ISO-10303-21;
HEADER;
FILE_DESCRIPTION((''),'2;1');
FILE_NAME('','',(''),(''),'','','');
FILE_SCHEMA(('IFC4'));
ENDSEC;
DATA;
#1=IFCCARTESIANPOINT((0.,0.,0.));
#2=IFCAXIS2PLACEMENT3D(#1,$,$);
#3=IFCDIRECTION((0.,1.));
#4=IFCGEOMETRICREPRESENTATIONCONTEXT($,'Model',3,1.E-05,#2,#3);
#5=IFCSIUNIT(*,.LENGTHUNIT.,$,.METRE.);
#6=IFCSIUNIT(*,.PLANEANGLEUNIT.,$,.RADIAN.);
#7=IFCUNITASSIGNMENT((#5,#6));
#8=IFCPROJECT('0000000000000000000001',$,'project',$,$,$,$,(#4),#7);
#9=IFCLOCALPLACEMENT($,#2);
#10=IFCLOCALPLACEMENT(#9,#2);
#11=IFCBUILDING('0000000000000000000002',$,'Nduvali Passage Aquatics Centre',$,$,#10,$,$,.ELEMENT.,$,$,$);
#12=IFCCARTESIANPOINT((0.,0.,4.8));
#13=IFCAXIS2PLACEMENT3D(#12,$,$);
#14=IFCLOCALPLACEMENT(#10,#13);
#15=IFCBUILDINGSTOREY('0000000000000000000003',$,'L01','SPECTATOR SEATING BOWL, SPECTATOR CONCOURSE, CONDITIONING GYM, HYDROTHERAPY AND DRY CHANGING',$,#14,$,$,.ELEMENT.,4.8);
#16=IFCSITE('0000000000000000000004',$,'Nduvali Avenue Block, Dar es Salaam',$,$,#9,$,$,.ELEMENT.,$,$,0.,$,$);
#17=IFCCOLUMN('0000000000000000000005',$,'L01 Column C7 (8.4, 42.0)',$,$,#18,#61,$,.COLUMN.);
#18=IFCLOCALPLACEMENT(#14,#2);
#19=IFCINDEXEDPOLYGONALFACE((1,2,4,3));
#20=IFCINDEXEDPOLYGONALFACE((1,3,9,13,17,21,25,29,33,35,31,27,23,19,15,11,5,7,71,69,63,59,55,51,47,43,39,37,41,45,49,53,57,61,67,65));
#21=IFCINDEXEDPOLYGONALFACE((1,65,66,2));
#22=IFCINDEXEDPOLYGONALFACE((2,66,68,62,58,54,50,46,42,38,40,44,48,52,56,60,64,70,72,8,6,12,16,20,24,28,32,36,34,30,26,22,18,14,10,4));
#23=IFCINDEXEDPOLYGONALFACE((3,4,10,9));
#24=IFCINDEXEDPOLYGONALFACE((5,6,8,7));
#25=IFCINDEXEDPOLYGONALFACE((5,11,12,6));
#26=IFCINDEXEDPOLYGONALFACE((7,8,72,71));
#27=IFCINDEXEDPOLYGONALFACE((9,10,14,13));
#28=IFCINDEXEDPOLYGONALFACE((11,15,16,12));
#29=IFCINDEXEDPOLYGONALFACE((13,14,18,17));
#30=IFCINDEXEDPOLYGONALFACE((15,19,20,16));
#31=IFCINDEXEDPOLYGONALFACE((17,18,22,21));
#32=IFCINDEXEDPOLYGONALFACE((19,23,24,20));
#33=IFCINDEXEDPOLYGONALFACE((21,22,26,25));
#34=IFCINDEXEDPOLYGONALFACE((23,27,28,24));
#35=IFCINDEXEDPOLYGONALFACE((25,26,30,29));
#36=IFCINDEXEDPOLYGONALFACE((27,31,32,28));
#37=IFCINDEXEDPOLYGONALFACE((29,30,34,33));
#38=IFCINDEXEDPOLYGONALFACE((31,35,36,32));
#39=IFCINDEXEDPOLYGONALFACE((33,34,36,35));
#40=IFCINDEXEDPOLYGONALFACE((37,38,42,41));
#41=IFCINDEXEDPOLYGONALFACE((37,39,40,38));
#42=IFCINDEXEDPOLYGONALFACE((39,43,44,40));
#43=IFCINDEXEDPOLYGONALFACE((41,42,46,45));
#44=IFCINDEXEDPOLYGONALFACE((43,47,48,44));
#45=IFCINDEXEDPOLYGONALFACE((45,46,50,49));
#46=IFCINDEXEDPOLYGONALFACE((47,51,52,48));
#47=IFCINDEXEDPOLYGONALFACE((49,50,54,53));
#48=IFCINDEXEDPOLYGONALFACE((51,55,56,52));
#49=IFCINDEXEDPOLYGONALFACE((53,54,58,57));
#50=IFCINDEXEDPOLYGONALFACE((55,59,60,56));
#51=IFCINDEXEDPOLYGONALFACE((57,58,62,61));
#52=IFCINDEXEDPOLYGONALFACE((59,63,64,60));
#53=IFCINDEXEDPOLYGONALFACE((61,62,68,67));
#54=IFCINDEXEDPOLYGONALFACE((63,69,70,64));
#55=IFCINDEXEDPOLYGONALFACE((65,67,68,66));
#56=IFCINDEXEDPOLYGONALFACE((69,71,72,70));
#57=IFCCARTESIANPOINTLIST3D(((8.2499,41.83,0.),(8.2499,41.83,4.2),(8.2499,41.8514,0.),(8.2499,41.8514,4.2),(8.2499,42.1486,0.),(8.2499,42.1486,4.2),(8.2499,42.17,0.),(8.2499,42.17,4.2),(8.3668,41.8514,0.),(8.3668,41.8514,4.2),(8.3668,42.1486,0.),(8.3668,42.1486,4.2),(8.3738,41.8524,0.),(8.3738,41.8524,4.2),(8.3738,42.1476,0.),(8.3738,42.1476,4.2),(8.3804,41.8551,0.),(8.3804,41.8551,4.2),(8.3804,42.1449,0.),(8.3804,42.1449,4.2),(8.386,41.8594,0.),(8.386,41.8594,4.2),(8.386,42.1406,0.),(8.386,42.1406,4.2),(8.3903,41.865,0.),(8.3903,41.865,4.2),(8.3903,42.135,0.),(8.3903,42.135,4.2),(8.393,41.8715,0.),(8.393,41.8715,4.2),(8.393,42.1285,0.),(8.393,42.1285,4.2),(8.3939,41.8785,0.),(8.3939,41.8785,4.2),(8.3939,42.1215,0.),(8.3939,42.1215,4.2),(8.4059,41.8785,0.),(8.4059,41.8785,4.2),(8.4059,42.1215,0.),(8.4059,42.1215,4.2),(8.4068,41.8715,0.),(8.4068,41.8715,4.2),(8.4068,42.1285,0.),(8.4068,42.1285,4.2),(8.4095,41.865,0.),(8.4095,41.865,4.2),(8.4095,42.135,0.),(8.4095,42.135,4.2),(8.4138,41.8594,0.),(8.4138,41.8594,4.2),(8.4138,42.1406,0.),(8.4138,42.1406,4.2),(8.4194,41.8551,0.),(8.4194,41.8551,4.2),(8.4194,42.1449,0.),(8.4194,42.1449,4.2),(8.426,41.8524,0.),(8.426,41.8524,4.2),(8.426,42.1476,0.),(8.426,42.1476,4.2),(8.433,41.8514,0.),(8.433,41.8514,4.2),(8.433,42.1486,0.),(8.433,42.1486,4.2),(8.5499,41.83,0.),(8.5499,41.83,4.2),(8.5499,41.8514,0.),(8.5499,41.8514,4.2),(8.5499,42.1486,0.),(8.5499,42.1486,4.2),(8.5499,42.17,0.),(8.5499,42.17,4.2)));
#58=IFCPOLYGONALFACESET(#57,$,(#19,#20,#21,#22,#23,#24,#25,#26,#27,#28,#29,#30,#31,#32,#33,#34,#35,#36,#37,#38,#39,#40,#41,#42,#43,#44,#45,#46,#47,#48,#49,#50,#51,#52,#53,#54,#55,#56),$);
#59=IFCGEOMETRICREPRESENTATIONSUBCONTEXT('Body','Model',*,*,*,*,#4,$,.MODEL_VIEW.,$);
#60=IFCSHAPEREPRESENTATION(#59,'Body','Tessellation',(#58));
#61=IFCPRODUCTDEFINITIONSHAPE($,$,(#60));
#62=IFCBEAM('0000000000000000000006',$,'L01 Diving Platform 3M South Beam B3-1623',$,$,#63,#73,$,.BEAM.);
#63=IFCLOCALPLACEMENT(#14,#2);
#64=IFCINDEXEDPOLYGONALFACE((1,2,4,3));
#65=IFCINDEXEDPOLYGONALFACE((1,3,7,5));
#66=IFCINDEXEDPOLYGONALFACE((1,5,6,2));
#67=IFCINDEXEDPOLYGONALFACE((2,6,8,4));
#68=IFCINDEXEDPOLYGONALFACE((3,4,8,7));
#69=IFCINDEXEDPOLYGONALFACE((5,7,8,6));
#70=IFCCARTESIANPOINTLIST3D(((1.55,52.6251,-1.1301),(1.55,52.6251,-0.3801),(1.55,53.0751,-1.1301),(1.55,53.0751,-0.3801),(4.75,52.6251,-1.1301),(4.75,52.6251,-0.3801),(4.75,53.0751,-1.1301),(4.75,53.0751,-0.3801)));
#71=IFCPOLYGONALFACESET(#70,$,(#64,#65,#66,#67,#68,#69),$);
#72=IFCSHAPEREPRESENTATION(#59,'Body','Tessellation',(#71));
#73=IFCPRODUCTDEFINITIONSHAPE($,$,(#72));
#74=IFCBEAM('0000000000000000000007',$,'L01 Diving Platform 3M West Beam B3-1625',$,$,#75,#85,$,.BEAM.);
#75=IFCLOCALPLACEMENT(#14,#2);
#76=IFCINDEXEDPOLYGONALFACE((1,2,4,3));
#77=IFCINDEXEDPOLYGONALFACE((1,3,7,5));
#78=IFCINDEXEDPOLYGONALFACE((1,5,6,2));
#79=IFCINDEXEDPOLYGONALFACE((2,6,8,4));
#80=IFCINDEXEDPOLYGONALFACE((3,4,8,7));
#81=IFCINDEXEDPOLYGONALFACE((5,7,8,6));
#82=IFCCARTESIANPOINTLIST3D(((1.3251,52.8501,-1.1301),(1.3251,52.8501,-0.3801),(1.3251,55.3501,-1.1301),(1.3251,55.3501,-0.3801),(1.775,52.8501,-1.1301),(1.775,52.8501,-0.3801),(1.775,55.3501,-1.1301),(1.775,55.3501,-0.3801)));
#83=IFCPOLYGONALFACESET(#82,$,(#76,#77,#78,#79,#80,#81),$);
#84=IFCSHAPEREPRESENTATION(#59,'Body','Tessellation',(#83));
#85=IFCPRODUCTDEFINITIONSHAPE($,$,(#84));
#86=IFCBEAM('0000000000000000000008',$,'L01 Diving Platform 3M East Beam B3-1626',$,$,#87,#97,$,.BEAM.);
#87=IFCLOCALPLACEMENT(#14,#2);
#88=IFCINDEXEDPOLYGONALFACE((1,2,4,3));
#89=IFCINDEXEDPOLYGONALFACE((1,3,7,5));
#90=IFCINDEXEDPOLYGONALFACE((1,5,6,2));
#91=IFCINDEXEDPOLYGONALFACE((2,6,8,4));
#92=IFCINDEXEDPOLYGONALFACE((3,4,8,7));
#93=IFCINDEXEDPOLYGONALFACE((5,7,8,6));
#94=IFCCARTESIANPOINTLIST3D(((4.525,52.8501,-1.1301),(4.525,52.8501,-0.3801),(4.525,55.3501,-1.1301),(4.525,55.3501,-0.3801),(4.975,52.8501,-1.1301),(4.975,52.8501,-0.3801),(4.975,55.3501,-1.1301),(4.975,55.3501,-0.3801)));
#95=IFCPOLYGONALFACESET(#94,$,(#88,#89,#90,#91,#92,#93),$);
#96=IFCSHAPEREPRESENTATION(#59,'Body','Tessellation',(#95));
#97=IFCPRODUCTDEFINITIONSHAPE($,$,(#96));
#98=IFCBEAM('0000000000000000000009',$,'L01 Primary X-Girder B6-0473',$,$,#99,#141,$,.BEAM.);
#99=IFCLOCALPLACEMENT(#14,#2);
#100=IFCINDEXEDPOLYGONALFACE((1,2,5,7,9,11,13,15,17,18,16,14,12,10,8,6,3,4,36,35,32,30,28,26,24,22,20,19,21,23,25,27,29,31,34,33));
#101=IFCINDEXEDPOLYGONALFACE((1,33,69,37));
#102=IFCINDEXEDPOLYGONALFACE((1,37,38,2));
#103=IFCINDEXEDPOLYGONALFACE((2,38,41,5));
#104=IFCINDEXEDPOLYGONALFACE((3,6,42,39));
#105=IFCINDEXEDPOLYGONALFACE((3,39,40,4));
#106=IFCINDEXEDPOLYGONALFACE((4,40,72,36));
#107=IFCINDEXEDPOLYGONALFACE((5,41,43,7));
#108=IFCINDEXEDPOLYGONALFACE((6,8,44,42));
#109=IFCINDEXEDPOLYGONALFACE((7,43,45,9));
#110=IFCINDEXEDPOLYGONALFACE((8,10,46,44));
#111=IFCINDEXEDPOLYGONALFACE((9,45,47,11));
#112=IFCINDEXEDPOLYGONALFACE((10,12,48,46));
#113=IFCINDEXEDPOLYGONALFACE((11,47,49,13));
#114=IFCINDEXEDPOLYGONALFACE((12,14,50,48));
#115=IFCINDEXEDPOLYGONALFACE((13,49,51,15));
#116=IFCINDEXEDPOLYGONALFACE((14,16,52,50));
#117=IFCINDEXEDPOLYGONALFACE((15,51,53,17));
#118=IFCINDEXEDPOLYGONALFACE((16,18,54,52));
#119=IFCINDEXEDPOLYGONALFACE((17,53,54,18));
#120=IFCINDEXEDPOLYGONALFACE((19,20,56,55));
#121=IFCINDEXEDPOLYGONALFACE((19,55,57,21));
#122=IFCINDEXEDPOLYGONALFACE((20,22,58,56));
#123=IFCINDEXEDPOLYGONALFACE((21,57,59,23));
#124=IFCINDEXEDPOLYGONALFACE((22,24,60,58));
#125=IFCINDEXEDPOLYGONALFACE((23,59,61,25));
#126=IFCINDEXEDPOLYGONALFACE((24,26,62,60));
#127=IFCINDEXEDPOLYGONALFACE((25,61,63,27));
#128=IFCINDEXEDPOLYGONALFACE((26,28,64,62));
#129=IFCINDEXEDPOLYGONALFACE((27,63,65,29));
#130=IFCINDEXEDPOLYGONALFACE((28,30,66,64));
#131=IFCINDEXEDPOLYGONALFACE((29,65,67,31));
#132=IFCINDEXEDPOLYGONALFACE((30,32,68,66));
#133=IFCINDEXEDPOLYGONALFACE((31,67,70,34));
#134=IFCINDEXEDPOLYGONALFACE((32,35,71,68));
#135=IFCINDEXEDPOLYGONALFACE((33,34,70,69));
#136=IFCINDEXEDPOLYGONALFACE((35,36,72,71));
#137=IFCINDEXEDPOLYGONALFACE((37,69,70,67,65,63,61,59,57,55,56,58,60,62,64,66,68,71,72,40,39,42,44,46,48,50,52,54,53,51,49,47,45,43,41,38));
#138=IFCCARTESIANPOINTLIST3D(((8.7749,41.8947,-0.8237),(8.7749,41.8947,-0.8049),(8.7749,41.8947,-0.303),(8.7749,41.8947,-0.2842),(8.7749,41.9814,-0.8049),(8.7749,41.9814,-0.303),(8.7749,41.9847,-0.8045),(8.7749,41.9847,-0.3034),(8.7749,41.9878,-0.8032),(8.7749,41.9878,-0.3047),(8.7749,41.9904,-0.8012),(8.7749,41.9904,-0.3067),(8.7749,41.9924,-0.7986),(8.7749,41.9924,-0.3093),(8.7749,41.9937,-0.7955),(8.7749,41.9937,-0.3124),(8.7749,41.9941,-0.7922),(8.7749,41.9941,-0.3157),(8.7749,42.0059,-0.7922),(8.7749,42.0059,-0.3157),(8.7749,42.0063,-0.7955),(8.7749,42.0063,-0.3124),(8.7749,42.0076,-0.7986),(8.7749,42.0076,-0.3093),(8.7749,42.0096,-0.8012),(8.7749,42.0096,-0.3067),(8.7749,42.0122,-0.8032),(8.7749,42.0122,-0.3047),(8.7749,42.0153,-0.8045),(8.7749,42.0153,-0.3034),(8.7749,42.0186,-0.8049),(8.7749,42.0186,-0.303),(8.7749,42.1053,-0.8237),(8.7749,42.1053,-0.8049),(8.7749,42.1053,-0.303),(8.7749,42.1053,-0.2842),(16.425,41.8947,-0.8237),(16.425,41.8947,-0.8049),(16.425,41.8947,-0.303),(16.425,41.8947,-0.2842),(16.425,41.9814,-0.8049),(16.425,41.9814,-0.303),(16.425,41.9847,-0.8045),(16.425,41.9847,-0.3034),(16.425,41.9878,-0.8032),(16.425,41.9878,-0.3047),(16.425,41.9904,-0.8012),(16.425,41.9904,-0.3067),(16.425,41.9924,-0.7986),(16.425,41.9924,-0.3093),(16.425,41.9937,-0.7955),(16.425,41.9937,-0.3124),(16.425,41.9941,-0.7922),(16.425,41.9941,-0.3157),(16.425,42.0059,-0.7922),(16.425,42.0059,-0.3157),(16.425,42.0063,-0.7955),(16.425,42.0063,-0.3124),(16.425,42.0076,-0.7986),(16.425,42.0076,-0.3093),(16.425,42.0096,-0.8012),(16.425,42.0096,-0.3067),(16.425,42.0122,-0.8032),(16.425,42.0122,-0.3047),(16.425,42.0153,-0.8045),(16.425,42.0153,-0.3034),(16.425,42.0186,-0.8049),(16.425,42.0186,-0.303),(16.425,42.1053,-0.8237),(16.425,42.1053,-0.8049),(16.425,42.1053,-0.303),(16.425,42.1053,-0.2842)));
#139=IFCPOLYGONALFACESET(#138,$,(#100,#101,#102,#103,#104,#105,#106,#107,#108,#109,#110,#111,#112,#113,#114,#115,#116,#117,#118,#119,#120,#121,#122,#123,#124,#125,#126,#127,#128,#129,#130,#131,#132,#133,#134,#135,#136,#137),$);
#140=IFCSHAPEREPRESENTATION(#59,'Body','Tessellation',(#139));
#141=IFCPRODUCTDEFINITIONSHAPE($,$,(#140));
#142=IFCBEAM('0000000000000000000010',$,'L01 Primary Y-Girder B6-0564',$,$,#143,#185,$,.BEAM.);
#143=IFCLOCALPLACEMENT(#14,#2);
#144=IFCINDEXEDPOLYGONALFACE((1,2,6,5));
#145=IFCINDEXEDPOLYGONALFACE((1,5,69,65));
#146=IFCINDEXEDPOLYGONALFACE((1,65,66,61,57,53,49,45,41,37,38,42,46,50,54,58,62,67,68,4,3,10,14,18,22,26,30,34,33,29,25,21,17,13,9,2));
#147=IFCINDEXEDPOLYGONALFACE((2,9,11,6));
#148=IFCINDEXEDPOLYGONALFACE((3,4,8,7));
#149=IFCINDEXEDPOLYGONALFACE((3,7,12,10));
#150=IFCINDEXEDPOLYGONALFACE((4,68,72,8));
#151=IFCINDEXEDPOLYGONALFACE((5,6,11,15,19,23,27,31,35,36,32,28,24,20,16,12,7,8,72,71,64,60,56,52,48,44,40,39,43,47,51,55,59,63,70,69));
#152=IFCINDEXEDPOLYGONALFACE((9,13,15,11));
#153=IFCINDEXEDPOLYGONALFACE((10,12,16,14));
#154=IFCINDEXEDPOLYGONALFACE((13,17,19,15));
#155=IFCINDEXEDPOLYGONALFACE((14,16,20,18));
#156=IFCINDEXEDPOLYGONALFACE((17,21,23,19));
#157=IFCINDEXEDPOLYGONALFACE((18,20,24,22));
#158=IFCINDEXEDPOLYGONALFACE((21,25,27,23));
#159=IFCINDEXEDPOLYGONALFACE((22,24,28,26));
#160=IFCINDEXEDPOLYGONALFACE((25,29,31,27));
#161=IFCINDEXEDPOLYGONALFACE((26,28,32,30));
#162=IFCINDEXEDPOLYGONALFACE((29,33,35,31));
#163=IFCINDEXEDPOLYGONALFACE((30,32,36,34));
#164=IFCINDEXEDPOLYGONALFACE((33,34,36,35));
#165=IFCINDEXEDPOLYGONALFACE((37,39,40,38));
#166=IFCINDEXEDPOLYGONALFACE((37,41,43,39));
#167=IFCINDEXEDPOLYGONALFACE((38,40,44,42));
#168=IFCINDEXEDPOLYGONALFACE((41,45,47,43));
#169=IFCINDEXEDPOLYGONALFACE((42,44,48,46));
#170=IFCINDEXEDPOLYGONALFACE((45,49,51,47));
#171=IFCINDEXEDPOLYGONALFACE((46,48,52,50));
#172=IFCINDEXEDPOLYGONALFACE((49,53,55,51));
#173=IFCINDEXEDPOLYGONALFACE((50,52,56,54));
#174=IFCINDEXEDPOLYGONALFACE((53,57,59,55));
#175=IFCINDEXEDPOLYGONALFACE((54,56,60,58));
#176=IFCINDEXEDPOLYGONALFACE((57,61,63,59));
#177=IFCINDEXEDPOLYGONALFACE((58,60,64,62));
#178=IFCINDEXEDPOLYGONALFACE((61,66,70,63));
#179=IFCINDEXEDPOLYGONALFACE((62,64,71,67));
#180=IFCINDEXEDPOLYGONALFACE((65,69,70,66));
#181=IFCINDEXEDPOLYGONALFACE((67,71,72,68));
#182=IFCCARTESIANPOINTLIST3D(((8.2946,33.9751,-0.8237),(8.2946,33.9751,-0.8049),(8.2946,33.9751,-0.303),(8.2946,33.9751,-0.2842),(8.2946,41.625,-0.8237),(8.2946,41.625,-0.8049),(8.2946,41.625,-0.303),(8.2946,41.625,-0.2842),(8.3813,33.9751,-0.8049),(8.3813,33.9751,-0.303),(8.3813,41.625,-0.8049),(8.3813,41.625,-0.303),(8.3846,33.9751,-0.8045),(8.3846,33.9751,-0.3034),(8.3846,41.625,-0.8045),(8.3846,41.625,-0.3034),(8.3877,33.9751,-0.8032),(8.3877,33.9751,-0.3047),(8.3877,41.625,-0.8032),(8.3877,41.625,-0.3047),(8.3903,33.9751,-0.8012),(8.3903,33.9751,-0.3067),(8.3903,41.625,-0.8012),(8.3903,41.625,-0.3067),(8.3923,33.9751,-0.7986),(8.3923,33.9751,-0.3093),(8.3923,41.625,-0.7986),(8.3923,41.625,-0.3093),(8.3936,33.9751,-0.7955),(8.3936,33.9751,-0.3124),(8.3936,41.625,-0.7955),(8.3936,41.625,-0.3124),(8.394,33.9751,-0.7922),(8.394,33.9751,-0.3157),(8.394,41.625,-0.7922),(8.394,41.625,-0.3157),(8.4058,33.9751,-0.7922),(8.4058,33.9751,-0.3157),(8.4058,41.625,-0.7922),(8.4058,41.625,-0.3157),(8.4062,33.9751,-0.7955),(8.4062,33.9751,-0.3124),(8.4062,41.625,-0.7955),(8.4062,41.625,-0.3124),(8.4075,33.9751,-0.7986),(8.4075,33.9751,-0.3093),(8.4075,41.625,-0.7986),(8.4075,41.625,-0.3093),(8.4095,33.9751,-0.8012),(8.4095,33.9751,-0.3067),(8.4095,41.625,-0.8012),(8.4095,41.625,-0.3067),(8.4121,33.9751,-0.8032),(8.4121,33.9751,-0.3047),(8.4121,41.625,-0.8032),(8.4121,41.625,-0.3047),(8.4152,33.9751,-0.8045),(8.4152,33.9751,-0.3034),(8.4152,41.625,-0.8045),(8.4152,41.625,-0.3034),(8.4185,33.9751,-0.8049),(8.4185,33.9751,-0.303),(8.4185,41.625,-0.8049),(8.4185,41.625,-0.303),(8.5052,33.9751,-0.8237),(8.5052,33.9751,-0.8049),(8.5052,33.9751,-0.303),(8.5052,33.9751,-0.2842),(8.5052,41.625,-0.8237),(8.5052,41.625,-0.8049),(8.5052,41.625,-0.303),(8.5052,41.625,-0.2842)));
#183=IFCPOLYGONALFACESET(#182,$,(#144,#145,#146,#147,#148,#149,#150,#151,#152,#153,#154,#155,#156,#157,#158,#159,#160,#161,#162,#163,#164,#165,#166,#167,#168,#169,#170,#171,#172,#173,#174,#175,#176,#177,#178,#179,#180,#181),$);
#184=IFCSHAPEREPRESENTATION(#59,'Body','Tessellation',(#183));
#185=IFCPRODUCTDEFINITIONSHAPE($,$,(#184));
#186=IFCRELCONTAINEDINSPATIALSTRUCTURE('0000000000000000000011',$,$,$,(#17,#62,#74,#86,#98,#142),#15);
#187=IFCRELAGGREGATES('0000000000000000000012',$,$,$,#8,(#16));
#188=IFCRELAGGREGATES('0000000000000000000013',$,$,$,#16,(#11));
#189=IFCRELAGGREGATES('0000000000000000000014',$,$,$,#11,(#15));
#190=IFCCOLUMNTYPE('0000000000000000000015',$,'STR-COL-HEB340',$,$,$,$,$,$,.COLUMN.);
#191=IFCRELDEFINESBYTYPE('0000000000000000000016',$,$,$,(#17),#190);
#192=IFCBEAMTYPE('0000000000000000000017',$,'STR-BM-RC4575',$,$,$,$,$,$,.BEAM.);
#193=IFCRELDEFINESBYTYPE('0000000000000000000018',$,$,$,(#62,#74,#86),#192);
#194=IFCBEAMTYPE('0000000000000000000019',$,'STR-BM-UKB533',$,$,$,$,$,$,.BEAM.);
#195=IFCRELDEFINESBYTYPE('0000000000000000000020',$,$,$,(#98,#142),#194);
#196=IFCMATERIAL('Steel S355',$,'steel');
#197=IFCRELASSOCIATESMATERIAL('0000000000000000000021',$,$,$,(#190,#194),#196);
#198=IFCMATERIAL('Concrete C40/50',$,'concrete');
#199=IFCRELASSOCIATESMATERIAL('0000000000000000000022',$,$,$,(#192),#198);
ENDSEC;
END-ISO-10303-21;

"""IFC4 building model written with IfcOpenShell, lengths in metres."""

from ifc_helpers import new_model, si_unit, direction, frame, origin, origin_2d, place, context, subcontext, project, spatial, rectangle, i_section, extrude, material, material_profile, profile_set, type_object, element, save


model = new_model("IFC4")

# Units and contexts
model_context = context("Model", 3, precision=1e-05, world=origin(), true_north=direction((0.0, 1.0)))
body_context = subcontext(model_context, "Body", "Model", "MODEL_VIEW")
ifc_project = project(units=[si_unit("LENGTHUNIT", "METRE"), si_unit("PLANEANGLEUNIT", "RADIAN")], contexts=[model_context])

# Site, building, storey
site_placement = place(None, origin())
site = spatial("IfcSite", under=ifc_project, at=site_placement, Name="Nduvali Avenue Block, Dar es Salaam", CompositionType="ELEMENT", RefElevation=0.0)
building_placement = place(site_placement, origin())
building = spatial("IfcBuilding", under=site, at=building_placement, Name="Nduvali Passage Aquatics Centre", CompositionType="ELEMENT")
storey_placement = place(building_placement, frame((0.0, 0.0, 4.8)))
storey = spatial("IfcBuildingStorey", under=building, at=storey_placement, Name="L01", Description="SPECTATOR SEATING BOWL, SPECTATOR CONCOURSE, CONDITIONING GYM, HYDROTHERAPY AND DRY CHANGING", CompositionType="ELEMENT", Elevation=4.8)

# Column
ifc_material_1 = material(Name="Steel S355", Category="steel")
ifc_material_profile_1 = material_profile(ifc_material_1, i_section(OverallWidth=0.3, OverallDepth=0.3401, WebThickness=0.012, FlangeThickness=0.0215, FilletRadius=0.0271, at=origin_2d()), Name="HEB 340")
ifc_profile_set_1 = profile_set([ifc_material_profile_1], Name="Steel S355")
column_type = type_object("IfcColumnType", Name="STR-COL-HEB340", PredefinedType="COLUMN", material=ifc_profile_set_1)
column_placement = place(storey_placement, frame((8.3999, 42.0, 0.0), z_axis=(0.0, 0.0, 1.0), x_axis=(1.0, 0.0, 0.0)))
element("IfcColumn", 1, at=column_placement, inside=storey, type_object=column_type, Name="L01 Column C7 (8.4, 42.0)", PredefinedType="COLUMN", context=body_context, shape_type="SweptSolid", body=[
    extrude(i_section(OverallWidth=0.3, OverallDepth=0.3401, WebThickness=0.012, FlangeThickness=0.0215, FilletRadius=0.0271, at=origin_2d()), origin(), (0.0, 0.0, 1.0), 4.2),
])

# Beams
ifc_material_2 = material(Name="Concrete C40/50", Category="concrete")
ifc_material_profile_2 = material_profile(ifc_material_2, rectangle(XDim=0.45, YDim=0.75, at=origin_2d()), Name="RC 450x750")
ifc_profile_set_2 = profile_set([ifc_material_profile_2], Name="Concrete C40/50")
beam_type_1 = type_object("IfcBeamType", Name="STR-BM-RC4575", PredefinedType="BEAM", material=ifc_profile_set_2)
beam_1_placement = place(storey_placement, frame((1.55, 52.8501, -0.7551), z_axis=(1.0, 0.0, 0.0), x_axis=(0.0, 1.0, 0.0)))
element("IfcBeam", 2, at=beam_1_placement, inside=storey, type_object=beam_type_1, Name="L01 Diving Platform 3M South Beam B3-1623", PredefinedType="BEAM", context=body_context, shape_type="SweptSolid", body=[
    extrude(rectangle(XDim=0.45, YDim=0.75, at=origin_2d()), origin(), (0.0, 0.0, 1.0), 3.2),
])
for number, where, z_axis, x_axis, name in (
    (3, (1.55, 52.8501, -0.7551), (0.0, 1.0, 0.0), (-1.0, 0.0, 0.0), "L01 Diving Platform 3M West Beam B3-1625"),
    (4, (4.75, 52.8501, -0.7551), (0.0, 1.0, 0.0), (-1.0, 0.0, 0.0), "L01 Diving Platform 3M East Beam B3-1626"),
):
    element("IfcBeam", number, at=place(storey_placement, frame(where, z_axis=z_axis, x_axis=x_axis)), inside=storey, type_object=beam_type_1, Name=name, PredefinedType="BEAM", context=body_context, shape_type="SweptSolid", body=[
        extrude(rectangle(XDim=0.45, YDim=0.75, at=origin_2d()), origin(), (0.0, 0.0, 1.0), 2.5),
    ])
ifc_material_profile_3 = material_profile(ifc_material_1, i_section(OverallWidth=0.2107, OverallDepth=0.5396, WebThickness=0.0117, FlangeThickness=0.0188, FilletRadius=0.0127, at=origin_2d()), Name="UKB 533x210x109")
ifc_profile_set_3 = profile_set([ifc_material_profile_3], Name="Steel S355")
beam_type_2 = type_object("IfcBeamType", Name="STR-BM-UKB533", PredefinedType="BEAM", material=ifc_profile_set_3)
beam_2_placement = place(storey_placement, frame((8.7749, 42.0, -0.554), z_axis=(1.0, 0.0, 0.0), x_axis=(0.0, 1.0, 0.0)))
element("IfcBeam", 5, at=beam_2_placement, inside=storey, type_object=beam_type_2, Name="L01 Primary X-Girder B6-0473", PredefinedType="BEAM", context=body_context, shape_type="SweptSolid", body=[
    extrude(i_section(OverallWidth=0.2107, OverallDepth=0.5396, WebThickness=0.0117, FlangeThickness=0.0188, FilletRadius=0.0127, at=origin_2d()), origin(), (0.0, 0.0, 1.0), 7.6501),
])
beam_3_placement = place(storey_placement, frame((8.3999, 33.9751, -0.554), z_axis=(0.0, 1.0, 0.0), x_axis=(-1.0, 0.0, 0.0)))
element("IfcBeam", 6, at=beam_3_placement, inside=storey, type_object=beam_type_2, Name="L01 Primary Y-Girder B6-0564", PredefinedType="BEAM", context=body_context, shape_type="SweptSolid", body=[
    extrude(i_section(OverallWidth=0.2107, OverallDepth=0.5396, WebThickness=0.0117, FlangeThickness=0.0188, FilletRadius=0.0127, at=origin_2d()), origin(), (0.0, 0.0, 1.0), 7.6499),
])

save(model, "model.ifc")
